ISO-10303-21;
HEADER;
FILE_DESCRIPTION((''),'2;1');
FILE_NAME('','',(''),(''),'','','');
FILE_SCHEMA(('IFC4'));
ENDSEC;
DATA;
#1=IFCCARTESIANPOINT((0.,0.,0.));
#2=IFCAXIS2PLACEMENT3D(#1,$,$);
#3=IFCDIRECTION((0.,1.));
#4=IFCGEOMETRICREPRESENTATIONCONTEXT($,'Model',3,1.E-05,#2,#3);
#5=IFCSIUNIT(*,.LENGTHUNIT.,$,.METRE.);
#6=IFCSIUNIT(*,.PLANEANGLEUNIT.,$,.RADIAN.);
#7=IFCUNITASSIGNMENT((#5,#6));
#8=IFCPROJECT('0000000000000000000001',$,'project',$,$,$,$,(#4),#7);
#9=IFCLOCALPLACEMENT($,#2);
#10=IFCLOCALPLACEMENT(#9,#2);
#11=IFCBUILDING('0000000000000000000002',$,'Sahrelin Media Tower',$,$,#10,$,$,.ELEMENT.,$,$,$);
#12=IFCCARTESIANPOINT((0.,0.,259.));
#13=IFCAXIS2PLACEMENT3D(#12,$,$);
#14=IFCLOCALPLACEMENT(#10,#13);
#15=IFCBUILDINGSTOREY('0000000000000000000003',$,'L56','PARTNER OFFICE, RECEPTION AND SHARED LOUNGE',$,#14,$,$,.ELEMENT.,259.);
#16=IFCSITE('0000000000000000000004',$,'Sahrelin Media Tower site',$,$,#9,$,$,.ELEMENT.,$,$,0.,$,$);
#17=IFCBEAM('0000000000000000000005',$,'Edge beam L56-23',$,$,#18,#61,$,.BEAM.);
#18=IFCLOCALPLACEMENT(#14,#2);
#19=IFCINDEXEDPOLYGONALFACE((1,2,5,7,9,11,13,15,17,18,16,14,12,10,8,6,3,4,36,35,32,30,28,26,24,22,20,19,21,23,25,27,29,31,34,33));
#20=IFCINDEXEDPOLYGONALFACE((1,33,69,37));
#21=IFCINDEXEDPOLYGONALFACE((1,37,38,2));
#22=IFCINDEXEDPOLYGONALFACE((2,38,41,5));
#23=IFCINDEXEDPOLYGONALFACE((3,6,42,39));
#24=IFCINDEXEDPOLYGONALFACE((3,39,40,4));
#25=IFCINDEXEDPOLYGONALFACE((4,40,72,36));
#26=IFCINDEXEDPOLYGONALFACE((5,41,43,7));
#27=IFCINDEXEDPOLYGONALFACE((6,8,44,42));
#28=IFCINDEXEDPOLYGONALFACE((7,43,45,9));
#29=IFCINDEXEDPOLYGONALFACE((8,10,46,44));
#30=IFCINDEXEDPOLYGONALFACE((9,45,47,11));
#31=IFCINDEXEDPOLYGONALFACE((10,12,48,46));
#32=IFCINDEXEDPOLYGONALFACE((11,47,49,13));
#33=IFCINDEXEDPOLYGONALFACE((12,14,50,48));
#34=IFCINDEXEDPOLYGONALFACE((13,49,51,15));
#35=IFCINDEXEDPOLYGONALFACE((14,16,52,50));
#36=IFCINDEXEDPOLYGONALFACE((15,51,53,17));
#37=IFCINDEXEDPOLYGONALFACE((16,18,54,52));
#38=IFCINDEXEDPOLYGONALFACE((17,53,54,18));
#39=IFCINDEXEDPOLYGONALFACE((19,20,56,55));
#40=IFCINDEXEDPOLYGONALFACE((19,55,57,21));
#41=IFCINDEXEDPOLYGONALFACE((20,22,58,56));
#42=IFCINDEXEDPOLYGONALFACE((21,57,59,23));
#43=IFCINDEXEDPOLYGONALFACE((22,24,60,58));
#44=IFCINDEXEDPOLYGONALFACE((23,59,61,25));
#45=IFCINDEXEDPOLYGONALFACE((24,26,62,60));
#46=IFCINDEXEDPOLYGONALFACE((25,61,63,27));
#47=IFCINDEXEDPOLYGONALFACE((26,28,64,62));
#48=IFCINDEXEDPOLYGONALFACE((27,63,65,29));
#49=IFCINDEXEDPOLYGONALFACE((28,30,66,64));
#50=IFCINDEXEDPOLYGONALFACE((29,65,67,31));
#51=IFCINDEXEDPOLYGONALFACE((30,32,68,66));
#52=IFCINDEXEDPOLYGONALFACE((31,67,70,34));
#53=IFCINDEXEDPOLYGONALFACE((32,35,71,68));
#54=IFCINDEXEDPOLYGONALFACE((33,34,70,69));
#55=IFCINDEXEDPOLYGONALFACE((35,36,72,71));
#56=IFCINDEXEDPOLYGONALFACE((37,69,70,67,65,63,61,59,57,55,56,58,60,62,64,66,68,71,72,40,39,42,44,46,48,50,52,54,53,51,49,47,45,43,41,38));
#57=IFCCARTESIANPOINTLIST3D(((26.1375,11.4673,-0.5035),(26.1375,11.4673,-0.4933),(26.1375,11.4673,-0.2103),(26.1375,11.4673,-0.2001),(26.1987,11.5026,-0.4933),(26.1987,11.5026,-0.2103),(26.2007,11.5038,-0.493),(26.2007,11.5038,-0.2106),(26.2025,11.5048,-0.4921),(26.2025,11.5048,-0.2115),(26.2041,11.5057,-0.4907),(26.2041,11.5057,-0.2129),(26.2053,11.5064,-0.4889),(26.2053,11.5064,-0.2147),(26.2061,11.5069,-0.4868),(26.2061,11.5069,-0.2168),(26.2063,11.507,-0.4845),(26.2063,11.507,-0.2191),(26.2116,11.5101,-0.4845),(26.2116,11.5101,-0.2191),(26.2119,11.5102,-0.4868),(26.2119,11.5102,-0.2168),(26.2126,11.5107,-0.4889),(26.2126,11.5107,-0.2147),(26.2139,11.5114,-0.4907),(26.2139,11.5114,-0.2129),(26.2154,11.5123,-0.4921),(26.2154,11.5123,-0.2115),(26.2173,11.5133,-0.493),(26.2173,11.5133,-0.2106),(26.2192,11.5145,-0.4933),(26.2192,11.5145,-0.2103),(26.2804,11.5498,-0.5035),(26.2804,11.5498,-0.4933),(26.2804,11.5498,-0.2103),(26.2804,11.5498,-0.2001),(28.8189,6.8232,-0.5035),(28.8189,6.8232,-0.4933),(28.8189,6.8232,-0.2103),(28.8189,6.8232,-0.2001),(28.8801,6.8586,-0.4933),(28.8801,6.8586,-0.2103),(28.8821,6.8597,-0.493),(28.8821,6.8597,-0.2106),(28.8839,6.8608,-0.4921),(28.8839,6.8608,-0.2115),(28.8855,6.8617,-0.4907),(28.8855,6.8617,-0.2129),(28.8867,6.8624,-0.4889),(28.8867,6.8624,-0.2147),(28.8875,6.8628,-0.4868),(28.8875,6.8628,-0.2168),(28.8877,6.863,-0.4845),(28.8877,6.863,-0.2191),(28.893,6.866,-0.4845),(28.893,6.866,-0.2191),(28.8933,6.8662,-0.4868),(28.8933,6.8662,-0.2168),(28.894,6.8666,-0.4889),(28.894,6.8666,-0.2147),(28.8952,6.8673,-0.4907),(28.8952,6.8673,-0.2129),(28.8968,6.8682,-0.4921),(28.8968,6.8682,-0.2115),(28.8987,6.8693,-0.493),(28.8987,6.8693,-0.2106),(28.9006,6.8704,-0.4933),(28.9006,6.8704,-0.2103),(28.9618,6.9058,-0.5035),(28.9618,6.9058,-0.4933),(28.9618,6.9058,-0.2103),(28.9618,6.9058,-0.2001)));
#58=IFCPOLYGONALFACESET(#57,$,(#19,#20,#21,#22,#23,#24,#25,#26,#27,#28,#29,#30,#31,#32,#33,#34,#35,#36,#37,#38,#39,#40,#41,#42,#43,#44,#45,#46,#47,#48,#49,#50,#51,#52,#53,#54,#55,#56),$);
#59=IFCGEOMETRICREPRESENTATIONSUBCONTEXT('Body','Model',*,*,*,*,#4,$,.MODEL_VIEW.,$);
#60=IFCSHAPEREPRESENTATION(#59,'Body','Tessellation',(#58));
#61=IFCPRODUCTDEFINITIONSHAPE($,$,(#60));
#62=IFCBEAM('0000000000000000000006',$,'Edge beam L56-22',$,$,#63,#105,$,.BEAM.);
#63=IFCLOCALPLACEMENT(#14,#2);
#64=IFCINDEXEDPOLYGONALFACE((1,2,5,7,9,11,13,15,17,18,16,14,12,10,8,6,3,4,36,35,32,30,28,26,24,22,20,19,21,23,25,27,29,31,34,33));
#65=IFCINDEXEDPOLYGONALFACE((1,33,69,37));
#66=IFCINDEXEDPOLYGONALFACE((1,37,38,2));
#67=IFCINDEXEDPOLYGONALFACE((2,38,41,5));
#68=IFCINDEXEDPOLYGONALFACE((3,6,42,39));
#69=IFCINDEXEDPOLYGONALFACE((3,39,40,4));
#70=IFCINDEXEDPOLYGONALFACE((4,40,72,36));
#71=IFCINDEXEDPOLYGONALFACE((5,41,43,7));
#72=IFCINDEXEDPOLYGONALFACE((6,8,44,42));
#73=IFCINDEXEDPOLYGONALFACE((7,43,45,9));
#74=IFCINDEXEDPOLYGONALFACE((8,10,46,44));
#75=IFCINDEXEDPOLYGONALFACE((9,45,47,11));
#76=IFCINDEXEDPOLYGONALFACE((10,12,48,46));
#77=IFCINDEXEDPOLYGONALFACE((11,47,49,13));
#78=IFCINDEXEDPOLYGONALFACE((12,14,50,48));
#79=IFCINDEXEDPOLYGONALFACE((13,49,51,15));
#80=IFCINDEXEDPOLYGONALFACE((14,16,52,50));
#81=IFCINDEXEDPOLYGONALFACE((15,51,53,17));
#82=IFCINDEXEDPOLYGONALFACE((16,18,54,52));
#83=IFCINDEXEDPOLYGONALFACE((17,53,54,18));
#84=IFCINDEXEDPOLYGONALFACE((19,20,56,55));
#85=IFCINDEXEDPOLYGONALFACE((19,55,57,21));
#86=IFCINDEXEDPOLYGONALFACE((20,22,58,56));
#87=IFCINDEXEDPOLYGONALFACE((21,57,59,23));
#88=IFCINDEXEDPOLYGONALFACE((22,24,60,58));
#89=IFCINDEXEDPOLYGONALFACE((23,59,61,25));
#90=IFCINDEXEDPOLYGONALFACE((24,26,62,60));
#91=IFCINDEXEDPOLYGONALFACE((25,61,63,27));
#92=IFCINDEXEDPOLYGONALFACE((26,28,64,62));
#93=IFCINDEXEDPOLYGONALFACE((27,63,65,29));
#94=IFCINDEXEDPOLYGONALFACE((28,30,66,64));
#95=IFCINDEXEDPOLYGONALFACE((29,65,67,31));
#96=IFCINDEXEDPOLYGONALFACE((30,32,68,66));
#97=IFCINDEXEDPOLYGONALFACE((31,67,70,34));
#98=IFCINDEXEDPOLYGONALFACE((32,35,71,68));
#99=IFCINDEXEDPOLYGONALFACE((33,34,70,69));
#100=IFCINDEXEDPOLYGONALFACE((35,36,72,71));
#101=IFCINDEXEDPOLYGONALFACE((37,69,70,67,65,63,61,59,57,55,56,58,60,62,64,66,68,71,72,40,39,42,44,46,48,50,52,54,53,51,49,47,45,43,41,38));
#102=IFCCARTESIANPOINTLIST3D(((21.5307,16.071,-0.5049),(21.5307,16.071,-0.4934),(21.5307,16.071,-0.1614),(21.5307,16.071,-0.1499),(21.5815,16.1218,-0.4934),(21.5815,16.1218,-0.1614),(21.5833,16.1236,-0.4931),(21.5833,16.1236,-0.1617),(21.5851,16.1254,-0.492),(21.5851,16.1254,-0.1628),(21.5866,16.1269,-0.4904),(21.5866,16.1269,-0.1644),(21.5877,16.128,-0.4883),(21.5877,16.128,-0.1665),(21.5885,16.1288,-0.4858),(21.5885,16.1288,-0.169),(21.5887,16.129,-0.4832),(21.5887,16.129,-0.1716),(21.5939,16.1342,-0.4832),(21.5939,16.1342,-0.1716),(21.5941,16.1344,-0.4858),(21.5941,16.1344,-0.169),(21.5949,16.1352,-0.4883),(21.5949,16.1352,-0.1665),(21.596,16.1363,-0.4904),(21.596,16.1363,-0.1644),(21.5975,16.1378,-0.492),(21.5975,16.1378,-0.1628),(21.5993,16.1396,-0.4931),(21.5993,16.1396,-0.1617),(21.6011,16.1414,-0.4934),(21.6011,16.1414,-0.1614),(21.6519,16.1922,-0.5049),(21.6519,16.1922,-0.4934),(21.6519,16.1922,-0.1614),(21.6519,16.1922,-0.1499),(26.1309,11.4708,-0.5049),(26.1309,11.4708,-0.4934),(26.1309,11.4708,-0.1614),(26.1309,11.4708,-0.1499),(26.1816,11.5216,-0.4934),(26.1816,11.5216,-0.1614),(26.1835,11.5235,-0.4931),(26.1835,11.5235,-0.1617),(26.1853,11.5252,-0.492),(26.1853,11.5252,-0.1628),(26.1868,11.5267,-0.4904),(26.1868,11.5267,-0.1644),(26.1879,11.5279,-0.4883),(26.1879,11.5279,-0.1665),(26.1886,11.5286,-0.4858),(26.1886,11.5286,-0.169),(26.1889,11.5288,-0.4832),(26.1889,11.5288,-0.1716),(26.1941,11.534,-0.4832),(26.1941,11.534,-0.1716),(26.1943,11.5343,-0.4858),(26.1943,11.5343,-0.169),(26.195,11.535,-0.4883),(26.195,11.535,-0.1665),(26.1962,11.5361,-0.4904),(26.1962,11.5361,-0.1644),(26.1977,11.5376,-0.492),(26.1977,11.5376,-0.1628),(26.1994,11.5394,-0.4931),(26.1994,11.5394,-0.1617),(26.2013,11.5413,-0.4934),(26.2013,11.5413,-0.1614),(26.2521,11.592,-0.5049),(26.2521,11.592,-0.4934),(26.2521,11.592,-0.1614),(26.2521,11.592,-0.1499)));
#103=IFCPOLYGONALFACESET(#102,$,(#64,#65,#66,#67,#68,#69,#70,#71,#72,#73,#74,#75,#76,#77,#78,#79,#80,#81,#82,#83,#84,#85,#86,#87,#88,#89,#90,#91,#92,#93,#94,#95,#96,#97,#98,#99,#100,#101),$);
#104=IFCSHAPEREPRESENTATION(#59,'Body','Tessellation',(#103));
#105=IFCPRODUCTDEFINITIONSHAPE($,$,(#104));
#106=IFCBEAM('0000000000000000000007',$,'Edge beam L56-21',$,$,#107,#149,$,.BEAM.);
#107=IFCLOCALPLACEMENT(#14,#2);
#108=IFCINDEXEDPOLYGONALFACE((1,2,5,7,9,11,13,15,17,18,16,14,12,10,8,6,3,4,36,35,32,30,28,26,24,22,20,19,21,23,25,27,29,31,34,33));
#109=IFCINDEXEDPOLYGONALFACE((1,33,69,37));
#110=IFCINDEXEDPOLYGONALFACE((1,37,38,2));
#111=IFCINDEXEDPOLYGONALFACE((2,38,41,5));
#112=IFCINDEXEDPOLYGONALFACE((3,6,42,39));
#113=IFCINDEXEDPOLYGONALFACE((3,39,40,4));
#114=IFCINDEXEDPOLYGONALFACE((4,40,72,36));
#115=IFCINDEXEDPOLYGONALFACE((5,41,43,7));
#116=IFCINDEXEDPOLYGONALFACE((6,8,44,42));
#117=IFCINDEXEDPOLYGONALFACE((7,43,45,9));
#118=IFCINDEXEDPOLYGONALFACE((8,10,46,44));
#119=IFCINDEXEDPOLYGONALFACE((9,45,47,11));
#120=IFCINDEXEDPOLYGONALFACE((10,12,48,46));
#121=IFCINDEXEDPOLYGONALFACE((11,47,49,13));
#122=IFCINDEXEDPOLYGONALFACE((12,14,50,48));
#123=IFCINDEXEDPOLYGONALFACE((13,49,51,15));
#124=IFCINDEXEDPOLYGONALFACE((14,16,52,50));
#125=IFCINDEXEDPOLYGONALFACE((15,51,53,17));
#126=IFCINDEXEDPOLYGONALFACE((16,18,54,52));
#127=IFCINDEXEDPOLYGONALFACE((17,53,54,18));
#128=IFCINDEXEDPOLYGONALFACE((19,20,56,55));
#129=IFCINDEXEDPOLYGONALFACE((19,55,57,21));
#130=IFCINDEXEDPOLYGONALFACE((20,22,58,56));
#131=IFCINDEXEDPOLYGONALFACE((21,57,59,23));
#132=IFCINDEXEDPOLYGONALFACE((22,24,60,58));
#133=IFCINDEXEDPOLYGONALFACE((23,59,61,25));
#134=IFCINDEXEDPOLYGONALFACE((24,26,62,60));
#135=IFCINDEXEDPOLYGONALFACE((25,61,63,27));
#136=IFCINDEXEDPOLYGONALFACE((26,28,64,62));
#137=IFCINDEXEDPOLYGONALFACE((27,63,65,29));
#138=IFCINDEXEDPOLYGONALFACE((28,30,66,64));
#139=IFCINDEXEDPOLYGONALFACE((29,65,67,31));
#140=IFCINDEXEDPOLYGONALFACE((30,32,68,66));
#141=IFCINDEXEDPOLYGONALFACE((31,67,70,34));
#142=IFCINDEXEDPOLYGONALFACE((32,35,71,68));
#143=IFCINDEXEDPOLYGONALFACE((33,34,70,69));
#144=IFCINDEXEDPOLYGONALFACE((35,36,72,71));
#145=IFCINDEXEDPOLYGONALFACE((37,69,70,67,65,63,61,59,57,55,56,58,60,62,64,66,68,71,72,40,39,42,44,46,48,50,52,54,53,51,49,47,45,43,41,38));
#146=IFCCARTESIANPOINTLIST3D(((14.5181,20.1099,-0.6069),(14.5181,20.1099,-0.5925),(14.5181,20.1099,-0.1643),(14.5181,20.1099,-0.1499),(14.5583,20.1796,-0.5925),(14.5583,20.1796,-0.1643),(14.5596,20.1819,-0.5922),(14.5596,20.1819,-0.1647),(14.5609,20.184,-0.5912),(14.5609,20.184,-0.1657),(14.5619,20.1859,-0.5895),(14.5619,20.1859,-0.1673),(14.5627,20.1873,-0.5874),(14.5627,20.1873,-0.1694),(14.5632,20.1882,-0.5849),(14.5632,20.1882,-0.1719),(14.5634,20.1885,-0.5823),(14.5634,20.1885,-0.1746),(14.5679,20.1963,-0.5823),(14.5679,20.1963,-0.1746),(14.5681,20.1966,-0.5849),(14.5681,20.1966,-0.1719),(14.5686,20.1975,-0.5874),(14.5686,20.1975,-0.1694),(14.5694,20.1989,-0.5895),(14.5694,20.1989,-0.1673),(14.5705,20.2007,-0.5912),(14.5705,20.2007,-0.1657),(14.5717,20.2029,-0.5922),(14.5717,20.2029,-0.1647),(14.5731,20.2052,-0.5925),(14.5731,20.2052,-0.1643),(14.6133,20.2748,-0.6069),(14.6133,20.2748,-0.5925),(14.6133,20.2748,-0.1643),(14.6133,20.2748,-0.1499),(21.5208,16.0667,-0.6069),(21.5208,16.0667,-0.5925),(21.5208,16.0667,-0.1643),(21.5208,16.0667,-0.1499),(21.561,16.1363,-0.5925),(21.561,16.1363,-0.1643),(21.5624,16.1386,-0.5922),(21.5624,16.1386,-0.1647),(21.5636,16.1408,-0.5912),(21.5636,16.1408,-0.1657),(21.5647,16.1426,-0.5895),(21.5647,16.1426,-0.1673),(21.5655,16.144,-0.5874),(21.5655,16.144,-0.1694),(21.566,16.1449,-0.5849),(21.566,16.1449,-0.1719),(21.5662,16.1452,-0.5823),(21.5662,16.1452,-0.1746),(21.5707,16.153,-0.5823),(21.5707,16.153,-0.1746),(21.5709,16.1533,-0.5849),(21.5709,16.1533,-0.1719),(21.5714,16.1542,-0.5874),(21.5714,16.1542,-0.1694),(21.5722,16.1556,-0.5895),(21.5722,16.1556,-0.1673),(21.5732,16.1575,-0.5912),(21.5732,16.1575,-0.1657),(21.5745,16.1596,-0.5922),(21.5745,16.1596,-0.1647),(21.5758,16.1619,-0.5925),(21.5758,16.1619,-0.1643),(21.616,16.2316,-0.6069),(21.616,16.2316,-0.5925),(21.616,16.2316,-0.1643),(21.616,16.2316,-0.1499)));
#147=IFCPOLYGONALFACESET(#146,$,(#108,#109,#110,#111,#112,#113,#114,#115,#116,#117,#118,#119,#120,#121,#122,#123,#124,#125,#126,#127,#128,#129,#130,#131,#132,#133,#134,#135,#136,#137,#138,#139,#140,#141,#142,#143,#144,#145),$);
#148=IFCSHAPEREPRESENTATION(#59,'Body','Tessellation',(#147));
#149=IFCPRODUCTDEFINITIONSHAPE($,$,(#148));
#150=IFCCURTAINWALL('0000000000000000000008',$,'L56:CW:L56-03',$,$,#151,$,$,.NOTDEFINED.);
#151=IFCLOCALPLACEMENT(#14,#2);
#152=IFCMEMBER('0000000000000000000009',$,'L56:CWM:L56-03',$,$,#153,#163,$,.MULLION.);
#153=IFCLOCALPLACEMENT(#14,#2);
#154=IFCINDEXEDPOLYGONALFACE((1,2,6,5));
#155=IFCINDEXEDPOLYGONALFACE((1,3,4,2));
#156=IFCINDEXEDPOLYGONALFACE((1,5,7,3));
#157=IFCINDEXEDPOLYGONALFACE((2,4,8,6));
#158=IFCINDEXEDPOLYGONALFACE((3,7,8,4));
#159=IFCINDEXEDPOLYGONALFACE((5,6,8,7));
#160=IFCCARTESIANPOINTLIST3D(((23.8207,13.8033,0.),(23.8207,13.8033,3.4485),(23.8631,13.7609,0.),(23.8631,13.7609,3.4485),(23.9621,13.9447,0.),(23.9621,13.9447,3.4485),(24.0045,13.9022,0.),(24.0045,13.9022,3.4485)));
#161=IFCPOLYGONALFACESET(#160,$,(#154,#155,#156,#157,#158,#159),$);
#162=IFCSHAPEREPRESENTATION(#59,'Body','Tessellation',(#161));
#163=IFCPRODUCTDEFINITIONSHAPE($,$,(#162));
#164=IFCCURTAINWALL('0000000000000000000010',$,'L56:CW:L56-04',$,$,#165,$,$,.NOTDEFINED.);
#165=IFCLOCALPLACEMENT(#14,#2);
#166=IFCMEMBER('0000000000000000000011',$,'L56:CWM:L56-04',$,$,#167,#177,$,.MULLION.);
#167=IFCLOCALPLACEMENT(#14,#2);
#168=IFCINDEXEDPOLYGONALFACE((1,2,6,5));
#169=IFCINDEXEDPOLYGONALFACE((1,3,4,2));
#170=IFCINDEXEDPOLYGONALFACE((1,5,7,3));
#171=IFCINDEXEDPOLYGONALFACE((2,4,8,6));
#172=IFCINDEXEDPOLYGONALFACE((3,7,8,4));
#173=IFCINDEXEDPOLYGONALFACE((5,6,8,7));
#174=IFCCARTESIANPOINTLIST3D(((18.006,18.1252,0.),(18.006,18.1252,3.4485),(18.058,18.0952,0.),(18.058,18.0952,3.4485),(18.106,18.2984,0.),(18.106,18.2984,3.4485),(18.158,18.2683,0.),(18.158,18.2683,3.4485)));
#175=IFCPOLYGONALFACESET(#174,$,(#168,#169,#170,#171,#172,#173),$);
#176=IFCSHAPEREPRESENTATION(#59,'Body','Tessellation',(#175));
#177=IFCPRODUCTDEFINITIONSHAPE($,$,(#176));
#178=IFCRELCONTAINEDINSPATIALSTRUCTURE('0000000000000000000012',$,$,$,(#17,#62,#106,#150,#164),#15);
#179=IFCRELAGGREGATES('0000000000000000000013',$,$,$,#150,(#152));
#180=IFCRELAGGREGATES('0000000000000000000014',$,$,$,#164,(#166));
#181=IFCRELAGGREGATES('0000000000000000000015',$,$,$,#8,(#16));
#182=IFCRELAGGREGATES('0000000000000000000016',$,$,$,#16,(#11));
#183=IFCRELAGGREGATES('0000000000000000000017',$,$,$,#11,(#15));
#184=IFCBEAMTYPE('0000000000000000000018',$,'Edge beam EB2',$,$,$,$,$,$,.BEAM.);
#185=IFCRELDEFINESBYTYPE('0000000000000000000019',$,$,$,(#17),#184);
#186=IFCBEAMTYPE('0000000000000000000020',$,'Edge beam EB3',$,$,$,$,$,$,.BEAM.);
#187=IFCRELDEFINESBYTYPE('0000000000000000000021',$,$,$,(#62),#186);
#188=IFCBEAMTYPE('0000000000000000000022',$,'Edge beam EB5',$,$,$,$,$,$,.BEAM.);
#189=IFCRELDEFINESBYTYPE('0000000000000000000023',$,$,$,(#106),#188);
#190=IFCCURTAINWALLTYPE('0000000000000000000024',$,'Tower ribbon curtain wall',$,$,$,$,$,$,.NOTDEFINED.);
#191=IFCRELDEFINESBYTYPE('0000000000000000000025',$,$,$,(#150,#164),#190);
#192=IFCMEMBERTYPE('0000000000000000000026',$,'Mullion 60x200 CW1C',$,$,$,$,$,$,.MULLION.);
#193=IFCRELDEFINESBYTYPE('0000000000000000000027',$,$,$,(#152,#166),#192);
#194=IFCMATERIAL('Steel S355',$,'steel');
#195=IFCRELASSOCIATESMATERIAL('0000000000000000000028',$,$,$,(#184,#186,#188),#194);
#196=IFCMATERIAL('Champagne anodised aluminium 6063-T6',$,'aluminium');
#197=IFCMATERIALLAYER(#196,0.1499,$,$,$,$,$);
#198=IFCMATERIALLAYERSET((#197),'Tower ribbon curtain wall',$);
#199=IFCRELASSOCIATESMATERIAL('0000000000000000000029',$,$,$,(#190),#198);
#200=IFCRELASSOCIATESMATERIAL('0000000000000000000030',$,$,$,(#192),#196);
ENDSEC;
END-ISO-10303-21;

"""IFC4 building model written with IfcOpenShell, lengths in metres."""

from ifc_helpers import new_model, si_unit, direction, frame, origin, origin_2d, place, context, subcontext, project, spatial, rectangle, i_section, extrude, material, layer, layer_set, material_profile, profile_set, type_object, element, aggregate, save


model = new_model("IFC4")

# Units and contexts
model_context = context("Model", 3, precision=1e-05, world=origin(), true_north=direction((0.0, 1.0)))
body_context = subcontext(model_context, "Body", "Model", "MODEL_VIEW")
ifc_project = project(units=[si_unit("LENGTHUNIT", "METRE"), si_unit("PLANEANGLEUNIT", "RADIAN")], contexts=[model_context])

# Site, building, storey
site_placement = place(None, origin())
site = spatial("IfcSite", under=ifc_project, at=site_placement, Name="Sahrelin Media Tower site", CompositionType="ELEMENT", RefElevation=0.0)
building_placement = place(site_placement, origin())
building = spatial("IfcBuilding", under=site, at=building_placement, Name="Sahrelin Media Tower", CompositionType="ELEMENT")
storey_placement = place(building_placement, frame((0.0, 0.0, 259.0)))
storey = spatial("IfcBuildingStorey", under=building, at=storey_placement, Name="L56", Description="PARTNER OFFICE, RECEPTION AND SHARED LOUNGE", CompositionType="ELEMENT", Elevation=259.0)

# Beams
ifc_material_1 = material(Name="Steel S355", Category="steel")
ifc_material_profile_1 = material_profile(ifc_material_1, i_section(OverallWidth=0.165, OverallDepth=0.3035, WebThickness=0.0061, FlangeThickness=0.0103, FilletRadius=0.0088, at=origin_2d()), Name="UB 305x165x40")
ifc_profile_set_1 = profile_set([ifc_material_profile_1], Name="Steel S355")
beam_type_1 = type_object("IfcBeamType", Name="Edge beam EB2", PredefinedType="BEAM", material=ifc_profile_set_1)
beam_1_placement = place(storey_placement, frame((26.209, 11.5085, -0.3518), z_axis=(0.500022, -0.866013, 0.0), x_axis=(0.866013, 0.500022, 0.0)))
element("IfcBeam", 1, at=beam_1_placement, inside=storey, type_object=beam_type_1, Name="Edge beam L56-23", PredefinedType="BEAM", context=body_context, shape_type="SweptSolid", body=[
    extrude(i_section(OverallWidth=0.165, OverallDepth=0.3035, WebThickness=0.0061, FlangeThickness=0.0103, FilletRadius=0.0088, at=origin_2d()), origin(), (0.0, 0.0, 1.0), 5.3625),
])
ifc_material_profile_2 = material_profile(ifc_material_1, i_section(OverallWidth=0.1714, OverallDepth=0.355, WebThickness=0.0073, FlangeThickness=0.0115, FilletRadius=0.0103, at=origin_2d()), Name="UB 356x171x51")
ifc_profile_set_2 = profile_set([ifc_material_profile_2], Name="Steel S355")
beam_type_2 = type_object("IfcBeamType", Name="Edge beam EB3", PredefinedType="BEAM", material=ifc_profile_set_2)
beam_2_placement = place(storey_placement, frame((21.5913, 16.1316, -0.3274), z_axis=(0.707107, -0.707107, 0.0), x_axis=(0.707107, 0.707107, 0.0)))
element("IfcBeam", 2, at=beam_2_placement, inside=storey, type_object=beam_type_2, Name="Edge beam L56-22", PredefinedType="BEAM", context=body_context, shape_type="SweptSolid", body=[
    extrude(i_section(OverallWidth=0.1714, OverallDepth=0.355, WebThickness=0.0073, FlangeThickness=0.0115, FilletRadius=0.0103, at=origin_2d()), origin(), (0.0, 0.0, 1.0), 6.5056),
])
ifc_material_profile_3 = material_profile(ifc_material_1, i_section(OverallWidth=0.1904, OverallDepth=0.457, WebThickness=0.009, FlangeThickness=0.0144, FilletRadius=0.0103, at=origin_2d()), Name="UB 457x191x74")
ifc_profile_set_3 = profile_set([ifc_material_profile_3], Name="Steel S355")
beam_type_3 = type_object("IfcBeamType", Name="Edge beam EB5", PredefinedType="BEAM", material=ifc_profile_set_3)
beam_3_placement = place(storey_placement, frame((14.5657, 20.1924, -0.3784), z_axis=(0.866014, -0.50002, 0.0), x_axis=(0.50002, 0.866014, 0.0)))
element("IfcBeam", 3, at=beam_3_placement, inside=storey, type_object=beam_type_3, Name="Edge beam L56-21", PredefinedType="BEAM", context=body_context, shape_type="SweptSolid", body=[
    extrude(i_section(OverallWidth=0.1904, OverallDepth=0.457, WebThickness=0.009, FlangeThickness=0.0144, FilletRadius=0.0103, at=origin_2d()), origin(), (0.0, 0.0, 1.0), 8.0862),
])

# Curtain walls, members
ifc_material_2 = material(Name="Champagne anodised aluminium 6063-T6", Category="aluminium")
ifc_layer_1 = layer(ifc_material_2, 0.1499)
ifc_layer_set_1 = layer_set([ifc_layer_1], Name="Tower ribbon curtain wall")
curtain_wall_type = type_object("IfcCurtainWallType", Name="Tower ribbon curtain wall", PredefinedType="NOTDEFINED", material=ifc_layer_set_1)
curtain_wall_1_placement = place(storey_placement, frame((23.9973, 13.9375, 0.0), z_axis=(0.0, 0.0, 1.0), x_axis=(1.0, 0.0, 0.0)))
curtain_wall_1 = element("IfcCurtainWall", 4, at=curtain_wall_1_placement, inside=storey, type_object=curtain_wall_type, Name="L56:CW:L56-03", PredefinedType="NOTDEFINED")
ifc_material_profile_4 = material_profile(ifc_material_2, rectangle(XDim=0.0601, YDim=0.2, at=origin_2d()), Name="Mullion 60x200")
ifc_profile_set_4 = profile_set([ifc_material_profile_4], Name="Champagne anodised aluminium 6063-T6")
member_type_1 = type_object("IfcMemberType", Name="Mullion 60x200 CW1C", PredefinedType="MULLION", material=ifc_profile_set_4)
member_1_placement = place(storey_placement, frame((23.9126, 13.8528, 0.0), z_axis=(0.0, 0.0, 1.0), x_axis=(-0.707107, 0.707107, 0.0)))
member_1 = element("IfcMember", 5, at=member_1_placement, type_object=member_type_1, Name="L56:CWM:L56-03", PredefinedType="MULLION", context=body_context, shape_type="SweptSolid", body=[
    extrude(rectangle(XDim=0.0601, YDim=0.2, at=origin_2d()), origin(), (0.0, 0.0, 1.0), 3.4485),
])
curtain_wall_2_placement = place(storey_placement, frame((18.1421, 18.3005, 0.0), z_axis=(0.0, 0.0, 1.0), x_axis=(1.0, 0.0, 0.0)))
curtain_wall_2 = element("IfcCurtainWall", 6, at=curtain_wall_2_placement, inside=storey, type_object=curtain_wall_type, Name="L56:CW:L56-04", PredefinedType="NOTDEFINED")
member_2_placement = place(storey_placement, frame((18.082, 18.1968, 0.0), z_axis=(0.0, 0.0, 1.0), x_axis=(-0.86602, 0.500009, 0.0)))
member_2 = element("IfcMember", 7, at=member_2_placement, type_object=member_type_1, Name="L56:CWM:L56-04", PredefinedType="MULLION", context=body_context, shape_type="SweptSolid", body=[
    extrude(rectangle(XDim=0.0601, YDim=0.2, at=origin_2d()), origin(), (0.0, 0.0, 1.0), 3.4485),
])

aggregate(curtain_wall_1, [member_1])
aggregate(curtain_wall_2, [member_2])

save(model, "model.ifc")
